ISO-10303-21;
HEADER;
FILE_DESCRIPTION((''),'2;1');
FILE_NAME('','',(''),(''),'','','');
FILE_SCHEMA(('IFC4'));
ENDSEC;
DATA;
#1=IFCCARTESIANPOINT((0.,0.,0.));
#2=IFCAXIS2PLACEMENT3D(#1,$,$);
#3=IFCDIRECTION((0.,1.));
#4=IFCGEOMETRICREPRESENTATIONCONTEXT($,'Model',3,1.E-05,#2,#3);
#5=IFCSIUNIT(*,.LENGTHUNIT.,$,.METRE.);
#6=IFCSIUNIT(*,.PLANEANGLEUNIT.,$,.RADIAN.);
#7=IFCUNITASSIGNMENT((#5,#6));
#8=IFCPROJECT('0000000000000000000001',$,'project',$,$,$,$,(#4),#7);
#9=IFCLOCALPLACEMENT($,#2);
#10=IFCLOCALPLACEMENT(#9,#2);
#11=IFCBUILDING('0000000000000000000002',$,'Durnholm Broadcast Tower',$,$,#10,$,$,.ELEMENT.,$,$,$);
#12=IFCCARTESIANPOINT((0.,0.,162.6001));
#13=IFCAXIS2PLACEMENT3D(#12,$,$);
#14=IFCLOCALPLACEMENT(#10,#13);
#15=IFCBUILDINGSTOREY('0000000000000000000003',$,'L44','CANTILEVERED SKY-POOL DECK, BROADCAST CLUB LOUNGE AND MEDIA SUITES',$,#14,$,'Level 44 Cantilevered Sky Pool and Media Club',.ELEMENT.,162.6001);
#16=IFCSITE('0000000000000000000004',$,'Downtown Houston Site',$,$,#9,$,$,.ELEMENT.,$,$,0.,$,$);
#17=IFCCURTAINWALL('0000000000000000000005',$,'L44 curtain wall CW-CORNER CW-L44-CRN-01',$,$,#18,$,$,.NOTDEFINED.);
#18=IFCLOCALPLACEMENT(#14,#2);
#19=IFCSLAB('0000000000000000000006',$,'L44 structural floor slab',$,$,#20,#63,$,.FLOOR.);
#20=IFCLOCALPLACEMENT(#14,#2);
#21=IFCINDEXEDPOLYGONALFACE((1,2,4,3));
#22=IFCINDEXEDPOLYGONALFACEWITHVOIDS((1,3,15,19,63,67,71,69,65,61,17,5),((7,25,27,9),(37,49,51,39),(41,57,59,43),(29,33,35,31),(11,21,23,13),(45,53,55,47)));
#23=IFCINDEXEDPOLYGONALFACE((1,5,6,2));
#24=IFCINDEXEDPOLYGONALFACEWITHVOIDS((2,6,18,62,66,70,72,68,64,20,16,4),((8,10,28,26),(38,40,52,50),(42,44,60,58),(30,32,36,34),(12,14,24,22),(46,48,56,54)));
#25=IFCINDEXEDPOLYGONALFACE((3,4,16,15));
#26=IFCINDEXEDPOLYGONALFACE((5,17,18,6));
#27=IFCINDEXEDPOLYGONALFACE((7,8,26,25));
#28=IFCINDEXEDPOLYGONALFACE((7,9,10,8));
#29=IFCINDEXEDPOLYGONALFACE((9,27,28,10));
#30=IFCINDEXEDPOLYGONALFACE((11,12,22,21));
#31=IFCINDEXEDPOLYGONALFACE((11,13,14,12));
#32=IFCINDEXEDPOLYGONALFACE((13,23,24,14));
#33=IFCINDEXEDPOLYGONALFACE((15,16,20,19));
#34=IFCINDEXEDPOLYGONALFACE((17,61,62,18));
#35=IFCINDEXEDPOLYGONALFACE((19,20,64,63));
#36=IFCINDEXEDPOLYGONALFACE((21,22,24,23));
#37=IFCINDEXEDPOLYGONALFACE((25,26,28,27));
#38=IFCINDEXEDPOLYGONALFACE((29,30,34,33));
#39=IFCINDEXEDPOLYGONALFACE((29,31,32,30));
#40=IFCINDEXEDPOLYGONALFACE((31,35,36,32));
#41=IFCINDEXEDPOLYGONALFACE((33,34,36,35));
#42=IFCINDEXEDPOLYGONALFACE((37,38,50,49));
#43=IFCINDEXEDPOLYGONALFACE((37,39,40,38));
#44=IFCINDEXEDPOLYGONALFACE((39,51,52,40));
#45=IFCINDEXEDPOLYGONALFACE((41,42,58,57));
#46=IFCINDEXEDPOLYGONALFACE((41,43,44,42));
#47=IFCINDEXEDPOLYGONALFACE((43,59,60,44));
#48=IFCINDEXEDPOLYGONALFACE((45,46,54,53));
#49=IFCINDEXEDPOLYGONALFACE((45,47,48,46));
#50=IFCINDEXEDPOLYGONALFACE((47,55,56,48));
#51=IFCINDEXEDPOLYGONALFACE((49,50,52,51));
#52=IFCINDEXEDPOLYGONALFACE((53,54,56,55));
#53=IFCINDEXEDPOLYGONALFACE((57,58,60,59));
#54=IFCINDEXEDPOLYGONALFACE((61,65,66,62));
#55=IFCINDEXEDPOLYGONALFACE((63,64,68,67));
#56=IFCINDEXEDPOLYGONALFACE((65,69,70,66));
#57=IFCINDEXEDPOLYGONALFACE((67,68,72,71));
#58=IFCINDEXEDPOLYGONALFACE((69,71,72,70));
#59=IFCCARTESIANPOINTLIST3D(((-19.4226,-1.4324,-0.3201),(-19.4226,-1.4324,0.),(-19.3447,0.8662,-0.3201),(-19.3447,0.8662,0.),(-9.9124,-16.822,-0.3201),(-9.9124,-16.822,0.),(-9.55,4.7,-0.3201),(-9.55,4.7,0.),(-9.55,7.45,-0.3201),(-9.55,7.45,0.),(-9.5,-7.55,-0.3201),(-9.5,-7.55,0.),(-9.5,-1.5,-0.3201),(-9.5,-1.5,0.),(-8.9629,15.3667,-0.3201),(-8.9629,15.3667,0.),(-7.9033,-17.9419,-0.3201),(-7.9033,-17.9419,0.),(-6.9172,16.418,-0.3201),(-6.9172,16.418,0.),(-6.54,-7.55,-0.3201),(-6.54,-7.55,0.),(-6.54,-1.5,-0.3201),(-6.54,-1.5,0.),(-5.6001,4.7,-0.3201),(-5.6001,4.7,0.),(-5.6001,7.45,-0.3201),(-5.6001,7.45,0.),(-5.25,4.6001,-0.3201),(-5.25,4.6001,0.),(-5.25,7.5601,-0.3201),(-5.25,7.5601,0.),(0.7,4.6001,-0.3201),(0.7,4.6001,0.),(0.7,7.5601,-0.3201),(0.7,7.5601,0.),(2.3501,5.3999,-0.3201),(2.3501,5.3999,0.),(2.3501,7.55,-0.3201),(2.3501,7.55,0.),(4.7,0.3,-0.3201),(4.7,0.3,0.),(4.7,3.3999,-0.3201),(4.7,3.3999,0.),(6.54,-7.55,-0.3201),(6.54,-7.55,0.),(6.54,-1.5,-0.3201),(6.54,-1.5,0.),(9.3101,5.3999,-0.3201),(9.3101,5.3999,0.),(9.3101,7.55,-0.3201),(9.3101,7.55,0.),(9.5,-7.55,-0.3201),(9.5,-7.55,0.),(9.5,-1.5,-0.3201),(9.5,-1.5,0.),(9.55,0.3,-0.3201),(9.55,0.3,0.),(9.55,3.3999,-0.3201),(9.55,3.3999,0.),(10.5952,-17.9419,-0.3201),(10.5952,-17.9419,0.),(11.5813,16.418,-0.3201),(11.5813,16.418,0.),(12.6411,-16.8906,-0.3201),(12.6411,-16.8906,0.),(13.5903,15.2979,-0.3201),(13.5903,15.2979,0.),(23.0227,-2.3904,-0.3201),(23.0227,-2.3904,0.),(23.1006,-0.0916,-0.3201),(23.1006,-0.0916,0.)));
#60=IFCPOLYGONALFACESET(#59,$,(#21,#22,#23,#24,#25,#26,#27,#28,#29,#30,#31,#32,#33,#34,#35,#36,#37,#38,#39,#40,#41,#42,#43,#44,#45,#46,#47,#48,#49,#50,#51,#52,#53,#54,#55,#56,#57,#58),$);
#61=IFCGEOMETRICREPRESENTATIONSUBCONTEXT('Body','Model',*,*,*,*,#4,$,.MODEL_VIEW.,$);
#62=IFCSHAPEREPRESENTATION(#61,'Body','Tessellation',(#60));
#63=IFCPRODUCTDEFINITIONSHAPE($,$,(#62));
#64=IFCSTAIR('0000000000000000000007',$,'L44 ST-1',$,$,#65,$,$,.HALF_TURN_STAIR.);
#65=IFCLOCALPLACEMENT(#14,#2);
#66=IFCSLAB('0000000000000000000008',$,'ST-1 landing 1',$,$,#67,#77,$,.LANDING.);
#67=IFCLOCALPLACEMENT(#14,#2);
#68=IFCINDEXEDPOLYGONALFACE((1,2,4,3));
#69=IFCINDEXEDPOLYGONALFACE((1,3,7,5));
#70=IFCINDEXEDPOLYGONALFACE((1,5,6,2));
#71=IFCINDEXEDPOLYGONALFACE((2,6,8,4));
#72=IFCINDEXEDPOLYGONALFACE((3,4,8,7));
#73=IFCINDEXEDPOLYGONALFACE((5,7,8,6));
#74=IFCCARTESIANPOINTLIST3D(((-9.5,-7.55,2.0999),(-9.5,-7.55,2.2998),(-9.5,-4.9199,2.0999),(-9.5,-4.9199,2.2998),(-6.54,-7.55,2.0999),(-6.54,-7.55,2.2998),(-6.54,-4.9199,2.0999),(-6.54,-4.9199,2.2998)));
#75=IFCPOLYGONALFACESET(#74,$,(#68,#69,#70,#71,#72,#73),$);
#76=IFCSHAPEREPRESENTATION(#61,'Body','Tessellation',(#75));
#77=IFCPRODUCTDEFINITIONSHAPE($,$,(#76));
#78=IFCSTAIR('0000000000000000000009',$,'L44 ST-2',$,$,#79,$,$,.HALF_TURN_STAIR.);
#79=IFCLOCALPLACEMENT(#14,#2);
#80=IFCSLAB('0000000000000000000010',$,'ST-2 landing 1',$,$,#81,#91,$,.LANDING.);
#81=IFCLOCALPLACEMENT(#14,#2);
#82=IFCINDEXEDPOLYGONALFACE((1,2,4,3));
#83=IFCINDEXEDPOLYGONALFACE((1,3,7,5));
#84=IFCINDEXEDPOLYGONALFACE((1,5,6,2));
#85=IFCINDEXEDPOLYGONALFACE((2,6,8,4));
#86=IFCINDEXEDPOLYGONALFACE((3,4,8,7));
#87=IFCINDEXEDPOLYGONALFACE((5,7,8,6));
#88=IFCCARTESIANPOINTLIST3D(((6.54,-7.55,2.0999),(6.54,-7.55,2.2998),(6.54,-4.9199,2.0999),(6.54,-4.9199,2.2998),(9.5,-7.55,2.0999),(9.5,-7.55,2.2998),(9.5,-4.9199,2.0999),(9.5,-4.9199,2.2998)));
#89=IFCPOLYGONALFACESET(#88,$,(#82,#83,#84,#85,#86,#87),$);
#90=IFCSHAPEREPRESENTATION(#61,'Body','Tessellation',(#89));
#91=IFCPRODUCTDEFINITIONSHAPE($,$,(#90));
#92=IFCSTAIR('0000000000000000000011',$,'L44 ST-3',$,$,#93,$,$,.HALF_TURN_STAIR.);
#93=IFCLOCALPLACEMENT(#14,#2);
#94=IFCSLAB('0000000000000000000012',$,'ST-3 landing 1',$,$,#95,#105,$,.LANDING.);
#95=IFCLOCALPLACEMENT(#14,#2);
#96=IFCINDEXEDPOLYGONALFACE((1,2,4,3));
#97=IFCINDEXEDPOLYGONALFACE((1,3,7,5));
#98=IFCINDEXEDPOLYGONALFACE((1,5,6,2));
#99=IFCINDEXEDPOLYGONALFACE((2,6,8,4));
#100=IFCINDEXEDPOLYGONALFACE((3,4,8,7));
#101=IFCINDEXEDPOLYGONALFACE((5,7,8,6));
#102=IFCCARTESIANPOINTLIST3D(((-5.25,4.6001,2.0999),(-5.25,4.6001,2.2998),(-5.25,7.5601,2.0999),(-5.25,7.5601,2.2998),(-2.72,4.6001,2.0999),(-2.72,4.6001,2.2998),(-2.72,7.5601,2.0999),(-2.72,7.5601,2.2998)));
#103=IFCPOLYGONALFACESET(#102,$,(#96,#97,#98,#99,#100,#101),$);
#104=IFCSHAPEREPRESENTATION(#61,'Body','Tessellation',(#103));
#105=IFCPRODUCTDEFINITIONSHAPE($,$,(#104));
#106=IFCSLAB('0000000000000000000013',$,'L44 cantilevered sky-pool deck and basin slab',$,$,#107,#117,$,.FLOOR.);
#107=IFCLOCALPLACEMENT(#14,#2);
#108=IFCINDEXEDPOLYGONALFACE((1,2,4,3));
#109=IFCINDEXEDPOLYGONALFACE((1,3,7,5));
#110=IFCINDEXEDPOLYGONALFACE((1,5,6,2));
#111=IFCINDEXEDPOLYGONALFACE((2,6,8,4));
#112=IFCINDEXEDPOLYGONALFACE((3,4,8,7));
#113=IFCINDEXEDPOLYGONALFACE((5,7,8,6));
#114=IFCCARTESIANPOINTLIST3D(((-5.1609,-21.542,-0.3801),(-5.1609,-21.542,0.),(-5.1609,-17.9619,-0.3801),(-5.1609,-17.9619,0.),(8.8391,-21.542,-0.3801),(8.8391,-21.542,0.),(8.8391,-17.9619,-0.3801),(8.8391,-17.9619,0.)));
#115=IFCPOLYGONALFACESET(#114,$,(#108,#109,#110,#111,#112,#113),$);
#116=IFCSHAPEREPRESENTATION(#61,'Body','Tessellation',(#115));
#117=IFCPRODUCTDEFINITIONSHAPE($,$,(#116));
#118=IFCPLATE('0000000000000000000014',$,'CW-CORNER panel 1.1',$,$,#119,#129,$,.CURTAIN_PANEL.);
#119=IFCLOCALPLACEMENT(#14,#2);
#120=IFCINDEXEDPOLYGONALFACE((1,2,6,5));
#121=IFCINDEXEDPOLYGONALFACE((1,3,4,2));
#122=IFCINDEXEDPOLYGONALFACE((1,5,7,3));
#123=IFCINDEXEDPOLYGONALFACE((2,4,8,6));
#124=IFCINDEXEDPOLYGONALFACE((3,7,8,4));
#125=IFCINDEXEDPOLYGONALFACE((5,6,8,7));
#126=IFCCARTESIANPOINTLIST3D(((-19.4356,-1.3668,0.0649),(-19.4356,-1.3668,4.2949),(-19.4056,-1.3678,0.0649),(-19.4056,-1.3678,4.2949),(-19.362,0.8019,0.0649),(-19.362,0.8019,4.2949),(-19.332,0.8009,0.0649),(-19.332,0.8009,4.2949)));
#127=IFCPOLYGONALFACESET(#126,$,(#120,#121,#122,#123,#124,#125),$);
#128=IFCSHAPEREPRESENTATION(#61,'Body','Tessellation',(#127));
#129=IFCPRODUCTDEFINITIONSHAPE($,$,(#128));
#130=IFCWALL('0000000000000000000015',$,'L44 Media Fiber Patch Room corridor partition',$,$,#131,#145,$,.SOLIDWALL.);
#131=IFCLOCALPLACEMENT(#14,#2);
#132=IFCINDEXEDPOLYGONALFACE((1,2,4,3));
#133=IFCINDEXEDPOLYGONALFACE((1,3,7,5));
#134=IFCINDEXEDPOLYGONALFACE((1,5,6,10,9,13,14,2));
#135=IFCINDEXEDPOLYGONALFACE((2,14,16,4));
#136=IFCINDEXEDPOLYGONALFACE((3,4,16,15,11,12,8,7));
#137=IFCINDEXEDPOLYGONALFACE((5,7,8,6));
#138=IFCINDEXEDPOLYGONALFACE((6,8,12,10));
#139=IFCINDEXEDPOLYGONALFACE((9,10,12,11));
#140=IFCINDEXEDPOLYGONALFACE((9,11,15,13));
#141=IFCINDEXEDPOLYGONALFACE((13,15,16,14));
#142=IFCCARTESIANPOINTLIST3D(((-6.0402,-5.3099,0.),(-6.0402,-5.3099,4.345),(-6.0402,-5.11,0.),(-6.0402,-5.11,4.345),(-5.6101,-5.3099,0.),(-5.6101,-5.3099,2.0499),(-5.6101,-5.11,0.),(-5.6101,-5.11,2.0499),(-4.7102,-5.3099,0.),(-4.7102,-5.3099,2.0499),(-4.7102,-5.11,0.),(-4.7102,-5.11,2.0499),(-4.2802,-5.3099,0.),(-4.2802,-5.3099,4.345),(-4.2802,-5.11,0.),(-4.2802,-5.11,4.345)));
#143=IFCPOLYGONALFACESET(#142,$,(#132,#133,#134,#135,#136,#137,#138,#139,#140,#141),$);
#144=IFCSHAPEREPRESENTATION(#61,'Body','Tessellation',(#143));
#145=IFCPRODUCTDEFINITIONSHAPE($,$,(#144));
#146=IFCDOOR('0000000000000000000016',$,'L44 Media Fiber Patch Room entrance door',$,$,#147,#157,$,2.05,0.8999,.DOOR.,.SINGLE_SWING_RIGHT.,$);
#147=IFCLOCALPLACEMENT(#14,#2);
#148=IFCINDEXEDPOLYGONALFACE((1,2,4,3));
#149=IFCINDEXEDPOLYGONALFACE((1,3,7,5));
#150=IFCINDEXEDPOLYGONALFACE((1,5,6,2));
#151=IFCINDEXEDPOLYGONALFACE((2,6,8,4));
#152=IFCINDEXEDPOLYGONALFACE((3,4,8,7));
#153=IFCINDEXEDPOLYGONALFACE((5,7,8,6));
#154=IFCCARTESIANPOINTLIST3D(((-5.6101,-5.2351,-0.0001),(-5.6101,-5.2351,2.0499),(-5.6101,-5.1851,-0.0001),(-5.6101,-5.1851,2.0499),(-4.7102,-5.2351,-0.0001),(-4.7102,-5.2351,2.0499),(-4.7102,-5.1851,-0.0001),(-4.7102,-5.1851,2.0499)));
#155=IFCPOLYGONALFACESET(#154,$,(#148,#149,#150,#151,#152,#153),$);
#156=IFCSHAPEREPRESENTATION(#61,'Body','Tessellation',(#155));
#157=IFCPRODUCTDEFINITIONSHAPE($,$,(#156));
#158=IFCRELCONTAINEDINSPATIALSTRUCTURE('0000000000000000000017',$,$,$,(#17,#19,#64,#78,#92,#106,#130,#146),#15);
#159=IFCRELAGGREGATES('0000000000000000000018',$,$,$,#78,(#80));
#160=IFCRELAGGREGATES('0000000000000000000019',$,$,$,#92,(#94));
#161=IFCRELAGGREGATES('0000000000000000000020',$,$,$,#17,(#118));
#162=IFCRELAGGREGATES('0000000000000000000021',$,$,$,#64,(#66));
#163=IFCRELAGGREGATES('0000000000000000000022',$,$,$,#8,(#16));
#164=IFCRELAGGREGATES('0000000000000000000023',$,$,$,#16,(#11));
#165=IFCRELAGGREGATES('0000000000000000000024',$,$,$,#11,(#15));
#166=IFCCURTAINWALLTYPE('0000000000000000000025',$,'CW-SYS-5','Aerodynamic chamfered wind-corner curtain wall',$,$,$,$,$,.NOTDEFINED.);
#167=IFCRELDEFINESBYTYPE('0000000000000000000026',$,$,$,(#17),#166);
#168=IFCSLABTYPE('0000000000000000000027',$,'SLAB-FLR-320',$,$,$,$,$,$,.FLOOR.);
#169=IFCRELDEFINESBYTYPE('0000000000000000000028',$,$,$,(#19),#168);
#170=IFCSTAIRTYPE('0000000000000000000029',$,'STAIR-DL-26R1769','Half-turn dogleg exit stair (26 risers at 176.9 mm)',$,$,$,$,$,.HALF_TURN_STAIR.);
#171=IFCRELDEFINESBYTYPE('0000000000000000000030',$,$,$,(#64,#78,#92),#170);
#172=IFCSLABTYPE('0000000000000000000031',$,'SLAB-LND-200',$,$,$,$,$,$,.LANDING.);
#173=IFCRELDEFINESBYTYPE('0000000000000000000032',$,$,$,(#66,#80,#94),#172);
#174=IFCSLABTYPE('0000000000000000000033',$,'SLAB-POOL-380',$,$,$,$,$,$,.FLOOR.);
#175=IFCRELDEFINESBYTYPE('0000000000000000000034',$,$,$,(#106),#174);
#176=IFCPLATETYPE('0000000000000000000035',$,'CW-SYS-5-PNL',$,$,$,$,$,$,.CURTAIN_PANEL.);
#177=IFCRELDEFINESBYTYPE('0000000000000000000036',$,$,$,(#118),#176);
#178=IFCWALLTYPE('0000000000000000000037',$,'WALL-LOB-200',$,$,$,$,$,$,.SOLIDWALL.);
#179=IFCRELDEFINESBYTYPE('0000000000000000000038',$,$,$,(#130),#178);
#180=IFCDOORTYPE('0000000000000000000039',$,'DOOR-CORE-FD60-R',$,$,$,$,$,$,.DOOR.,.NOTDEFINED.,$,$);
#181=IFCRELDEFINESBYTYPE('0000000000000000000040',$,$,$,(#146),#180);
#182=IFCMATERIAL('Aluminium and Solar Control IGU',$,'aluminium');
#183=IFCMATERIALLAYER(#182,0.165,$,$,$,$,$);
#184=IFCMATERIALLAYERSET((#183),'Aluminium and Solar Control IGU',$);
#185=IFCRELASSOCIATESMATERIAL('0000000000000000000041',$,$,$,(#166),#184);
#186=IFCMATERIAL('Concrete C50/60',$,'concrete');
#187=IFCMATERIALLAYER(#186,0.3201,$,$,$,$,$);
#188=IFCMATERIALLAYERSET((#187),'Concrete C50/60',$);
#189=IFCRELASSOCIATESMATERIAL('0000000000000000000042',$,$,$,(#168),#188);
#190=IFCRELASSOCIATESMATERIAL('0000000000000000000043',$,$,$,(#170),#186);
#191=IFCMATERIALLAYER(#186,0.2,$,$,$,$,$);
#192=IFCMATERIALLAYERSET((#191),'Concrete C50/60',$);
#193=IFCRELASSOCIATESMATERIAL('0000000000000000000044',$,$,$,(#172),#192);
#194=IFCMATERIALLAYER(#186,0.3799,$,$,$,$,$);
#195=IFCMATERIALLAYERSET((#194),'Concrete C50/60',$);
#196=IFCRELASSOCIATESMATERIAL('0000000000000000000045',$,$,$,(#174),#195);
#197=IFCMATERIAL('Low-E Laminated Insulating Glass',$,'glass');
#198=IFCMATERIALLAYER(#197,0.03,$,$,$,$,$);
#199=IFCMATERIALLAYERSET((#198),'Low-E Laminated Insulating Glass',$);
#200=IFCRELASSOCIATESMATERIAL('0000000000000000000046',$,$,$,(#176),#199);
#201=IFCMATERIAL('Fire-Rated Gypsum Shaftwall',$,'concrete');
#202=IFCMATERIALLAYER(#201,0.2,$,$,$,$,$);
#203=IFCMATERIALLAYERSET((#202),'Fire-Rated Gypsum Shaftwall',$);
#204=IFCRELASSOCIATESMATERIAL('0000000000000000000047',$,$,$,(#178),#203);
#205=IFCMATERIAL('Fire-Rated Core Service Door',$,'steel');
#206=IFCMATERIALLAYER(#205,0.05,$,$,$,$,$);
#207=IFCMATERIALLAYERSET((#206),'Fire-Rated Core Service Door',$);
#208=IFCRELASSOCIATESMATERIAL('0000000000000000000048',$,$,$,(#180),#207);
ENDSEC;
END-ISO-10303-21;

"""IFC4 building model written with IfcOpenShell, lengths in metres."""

from ifc_helpers import new_model, si_unit, direction, frame, frame_2d, origin, origin_2d, place, context, subcontext, project, spatial, polyline, rectangle, outline, extrude, source, transform, mapped, material, layer, layer_set, type_object, type_shapes, element, fill, aggregate, save


model = new_model("IFC4")

# Units and contexts
model_context = context("Model", 3, precision=1e-05, world=origin(), true_north=direction((0.0, 1.0)))
body_context = subcontext(model_context, "Body", "Model", "MODEL_VIEW")
ifc_project = project(units=[si_unit("LENGTHUNIT", "METRE"), si_unit("PLANEANGLEUNIT", "RADIAN")], contexts=[model_context])

# Site, building, storey
site_placement = place(None, origin())
site = spatial("IfcSite", under=ifc_project, at=site_placement, Name="Downtown Houston Site", CompositionType="ELEMENT", RefElevation=0.0)
building_placement = place(site_placement, origin())
building = spatial("IfcBuilding", under=site, at=building_placement, Name="Durnholm Broadcast Tower", CompositionType="ELEMENT")
storey_placement = place(building_placement, frame((0.0, 0.0, 162.6001)))
storey = spatial("IfcBuildingStorey", under=building, at=storey_placement, Name="L44", Description="CANTILEVERED SKY-POOL DECK, BROADCAST CLUB LOUNGE AND MEDIA SUITES", LongName="Level 44 Cantilevered Sky Pool and Media Club", CompositionType="ELEMENT", Elevation=162.6001)

# Curtain wall
ifc_material_1 = material(Name="Aluminium and Solar Control IGU", Category="aluminium")
ifc_layer_1 = layer(ifc_material_1, 0.165)
ifc_layer_set_1 = layer_set([ifc_layer_1], Name="Aluminium and Solar Control IGU")
curtain_wall_type_1 = type_object("IfcCurtainWallType", Name="CW-SYS-5", Description="Aerodynamic chamfered wind-corner curtain wall", PredefinedType="NOTDEFINED", material=ifc_layer_set_1)
curtain_wall_1_placement = place(storey_placement, origin())
curtain_wall_1 = element("IfcCurtainWall", 1, at=curtain_wall_1_placement, inside=storey, type_object=curtain_wall_type_1, Name="L44 curtain wall CW-CORNER CW-L44-CRN-01", PredefinedType="NOTDEFINED")

# Slab
ifc_material_2 = material(Name="Concrete C50/60", Category="concrete")
ifc_layer_2 = layer(ifc_material_2, 0.3201)
ifc_layer_set_2 = layer_set([ifc_layer_2], Name="Concrete C50/60")
slab_type_1 = type_object("IfcSlabType", Name="SLAB-FLR-320", PredefinedType="FLOOR", material=ifc_layer_set_2)
slab_1_placement = place(storey_placement, frame((0.0, 0.0, -0.3201)))
element("IfcSlab", 2, at=slab_1_placement, inside=storey, type_object=slab_type_1, Name="L44 structural floor slab", PredefinedType="FLOOR", context=body_context, shape_type="SweptSolid", body=[
    extrude(outline(polyline([(-9.9124, -16.822), (-7.9033, -17.9419), (10.5952, -17.9419), (12.6411, -16.8906), (23.0227, -2.3904), (23.1006, -0.0916), (13.5903, 15.2979), (11.5813, 16.418), (-6.9172, 16.418), (-8.9629, 15.3667), (-19.3447, 0.8662), (-19.4226, -1.4324), (-9.9124, -16.822)]), holes=[polyline([(-6.54, -1.5), (-9.5, -1.5), (-9.5, -7.55), (-6.54, -7.55), (-6.54, -1.5)]), polyline([(9.5, -7.55), (9.5, -1.5), (6.54, -1.5), (6.54, -7.55), (9.5, -7.55)]), polyline([(9.55, 3.3999), (4.7, 3.3999), (4.7, 0.3), (9.55, 0.3), (9.55, 3.3999)]), polyline([(-9.55, 7.45), (-9.55, 4.7), (-5.6001, 4.7), (-5.6001, 7.45), (-9.55, 7.45)]), polyline([(-5.25, 4.6001), (0.7, 4.6001), (0.7, 7.5601), (-5.25, 7.5601), (-5.25, 4.6001)]), polyline([(9.3101, 7.55), (2.3501, 7.55), (2.3501, 5.3999), (9.3101, 5.3999), (9.3101, 7.55)])]), origin(), (0.0, 0.0, 1.0), 0.3201),
])

# Stairs, slabs
stair_type = type_object("IfcStairType", Name="STAIR-DL-26R1769", Description="Half-turn dogleg exit stair (26 risers at 176.9 mm)", PredefinedType="HALF_TURN_STAIR", material=ifc_material_2)
stair_1_placement = place(storey_placement, origin())
stair_1 = element("IfcStair", 3, at=stair_1_placement, inside=storey, type_object=stair_type, Name="L44 ST-1", PredefinedType="HALF_TURN_STAIR")
ifc_layer_3 = layer(ifc_material_2, 0.2)
ifc_layer_set_3 = layer_set([ifc_layer_3], Name="Concrete C50/60")
slab_type_2 = type_object("IfcSlabType", Name="SLAB-LND-200", PredefinedType="LANDING", material=ifc_layer_set_3)
slab_2_placement = place(storey_placement, frame((0.0, 0.0, 2.0999)))
slab_2 = element("IfcSlab", 4, at=slab_2_placement, type_object=slab_type_2, Name="ST-1 landing 1", PredefinedType="LANDING", context=body_context, shape_type="SweptSolid", body=[
    extrude(outline(polyline([(-9.5, -4.9199), (-9.5, -7.55), (-6.54, -7.55), (-6.54, -4.9199), (-9.5, -4.9199)])), origin(), (0.0, 0.0, 1.0), 0.2),
])
stair_2_placement = place(storey_placement, origin())
stair_2 = element("IfcStair", 5, at=stair_2_placement, inside=storey, type_object=stair_type, Name="L44 ST-2", PredefinedType="HALF_TURN_STAIR")
slab_3_placement = place(storey_placement, frame((0.0, 0.0, 2.0999)))
slab_3 = element("IfcSlab", 6, at=slab_3_placement, type_object=slab_type_2, Name="ST-2 landing 1", PredefinedType="LANDING", context=body_context, shape_type="SweptSolid", body=[
    extrude(outline(polyline([(6.54, -4.9199), (6.54, -7.55), (9.5, -7.55), (9.5, -4.9199), (6.54, -4.9199)])), origin(), (0.0, 0.0, 1.0), 0.2),
])
aggregate(stair_2, [slab_3])
stair_3_placement = place(storey_placement, origin())
stair_3 = element("IfcStair", 7, at=stair_3_placement, inside=storey, type_object=stair_type, Name="L44 ST-3", PredefinedType="HALF_TURN_STAIR")
slab_4_placement = place(storey_placement, frame((0.0, 0.0, 2.0999)))
slab_4 = element("IfcSlab", 8, at=slab_4_placement, type_object=slab_type_2, Name="ST-3 landing 1", PredefinedType="LANDING", context=body_context, shape_type="SweptSolid", body=[
    extrude(outline(polyline([(-2.72, 7.5601), (-5.25, 7.5601), (-5.25, 4.6001), (-2.72, 4.6001), (-2.72, 7.5601)])), origin(), (0.0, 0.0, 1.0), 0.2),
])
aggregate(stair_3, [slab_4])

# Slab
ifc_layer_4 = layer(ifc_material_2, 0.3799)
ifc_layer_set_4 = layer_set([ifc_layer_4], Name="Concrete C50/60")
slab_type_3 = type_object("IfcSlabType", Name="SLAB-POOL-380", PredefinedType="FLOOR", material=ifc_layer_set_4)
slab_5_placement = place(storey_placement, frame((0.0, 0.0, -0.3801)))
element("IfcSlab", 9, at=slab_5_placement, inside=storey, type_object=slab_type_3, Name="L44 cantilevered sky-pool deck and basin slab", PredefinedType="FLOOR", context=body_context, shape_type="SweptSolid", body=[
    extrude(outline(polyline([(8.8391, -17.9619), (-5.1609, -17.9619), (-5.1609, -21.542), (8.8391, -21.542), (8.8391, -17.9619)])), origin(), (0.0, 0.0, 1.0), 0.3801),
])

# Plate
ifc_material_3 = material(Name="Low-E Laminated Insulating Glass", Category="glass")
ifc_layer_5 = layer(ifc_material_3, 0.03)
ifc_layer_set_5 = layer_set([ifc_layer_5], Name="Low-E Laminated Insulating Glass")
plate_type = type_object("IfcPlateType", Name="CW-SYS-5-PNL", PredefinedType="CURTAIN_PANEL", material=ifc_layer_set_5)
shared_shape_1 = source(origin(), body_context, "Body", "SweptSolid", [
    extrude(rectangle(XDim=2.1699, YDim=0.03, at=origin_2d()), origin(), (0.0, 0.0, 1.0), 4.23),
])
type_shapes(plate_type, [shared_shape_1])
plate_placement = place(storey_placement, frame((-19.3838, -0.283, 0.0649), z_axis=(0.0, 0.0, 1.0), x_axis=(0.033913, 0.999425, 0.0)))
plate = element("IfcPlate", 10, at=plate_placement, type_object=plate_type, Name="CW-CORNER panel 1.1", PredefinedType="CURTAIN_PANEL", context=body_context, shape_type="MappedRepresentation", body=[
    mapped(shared_shape_1, transform((0.0, 0.0, 0.0), x_axis=(1.0, 0.0, 0.0), y_axis=(0.0, 1.0, 0.0), z_axis=(0.0, 0.0, 1.0), scale=1.0)),
])
aggregate(curtain_wall_1, [plate])

# Wall, opening, door
ifc_material_4 = material(Name="Fire-Rated Gypsum Shaftwall", Category="concrete")
ifc_layer_6 = layer(ifc_material_4, 0.2)
ifc_layer_set_6 = layer_set([ifc_layer_6], Name="Fire-Rated Gypsum Shaftwall")
wall_type_1 = type_object("IfcWallType", Name="WALL-LOB-200", PredefinedType="SOLIDWALL", material=ifc_layer_set_6)
wall_1_placement = place(storey_placement, frame((-6.04, -5.21, 0.0), z_axis=(0.0, 0.0, 1.0), x_axis=(1.0, 0.0, 0.0)))
wall_1 = element("IfcWall", 11, at=wall_1_placement, inside=storey, type_object=wall_type_1, Name="L44 Media Fiber Patch Room corridor partition", PredefinedType="SOLIDWALL", context=body_context, shape_type="SweptSolid", body=[
    extrude(rectangle(XDim=1.76, YDim=0.2, at=frame_2d((0.8799, 0.0))), origin(), (0.0, 0.0, 1.0), 4.345),
])
opening_1_placement = place(wall_1_placement, frame((0.4299, 0.0, 0.0)))
opening_1 = element("IfcOpeningElement", 12, at=opening_1_placement, cuts=wall_1, PredefinedType="OPENING", context=body_context, shape_type="SweptSolid", body=[
    extrude(rectangle(XDim=0.8999, YDim=2.05, at=frame_2d((0.45, 1.0249))), frame((0.0, 0.1099, 0.0), z_axis=(0.0, -1.0, 0.0), x_axis=(1.0, 0.0, 0.0)), (0.0, 0.0, 1.0), 0.22),
])
ifc_material_5 = material(Name="Fire-Rated Core Service Door", Category="steel")
ifc_layer_7 = layer(ifc_material_5, 0.05)
ifc_layer_set_7 = layer_set([ifc_layer_7], Name="Fire-Rated Core Service Door")
door_type_1 = type_object("IfcDoorType", Name="DOOR-CORE-FD60-R", OperationType="NOTDEFINED", PredefinedType="DOOR", material=ifc_layer_set_7)
shared_shape_2 = source(origin(), body_context, "Body", "SweptSolid", [
    extrude(rectangle(XDim=0.8999, YDim=2.05, at=frame_2d((0.45, 1.0249))), frame((0.0, 0.0249, 0.0), z_axis=(0.0, -1.0, 0.0), x_axis=(1.0, 0.0, 0.0)), (0.0, 0.0, 1.0), 0.05),
])
type_shapes(door_type_1, [shared_shape_2])
door_1_placement = place(opening_1_placement, origin())
door_1 = element("IfcDoor", 13, at=door_1_placement, inside=storey, type_object=door_type_1, Name="L44 Media Fiber Patch Room entrance door", OperationType="SINGLE_SWING_RIGHT", OverallHeight=2.05, OverallWidth=0.8999, PredefinedType="DOOR", context=body_context, shape_type="MappedRepresentation", body=[
    mapped(shared_shape_2, transform((0.0, 0.0, 0.0), x_axis=(1.0, 0.0, 0.0), y_axis=(0.0, 1.0, 0.0), z_axis=(0.0, 0.0, 1.0), scale=1.0)),
])
fill(opening_1, door_1)

aggregate(stair_1, [slab_2])

save(model, "model.ifc")
